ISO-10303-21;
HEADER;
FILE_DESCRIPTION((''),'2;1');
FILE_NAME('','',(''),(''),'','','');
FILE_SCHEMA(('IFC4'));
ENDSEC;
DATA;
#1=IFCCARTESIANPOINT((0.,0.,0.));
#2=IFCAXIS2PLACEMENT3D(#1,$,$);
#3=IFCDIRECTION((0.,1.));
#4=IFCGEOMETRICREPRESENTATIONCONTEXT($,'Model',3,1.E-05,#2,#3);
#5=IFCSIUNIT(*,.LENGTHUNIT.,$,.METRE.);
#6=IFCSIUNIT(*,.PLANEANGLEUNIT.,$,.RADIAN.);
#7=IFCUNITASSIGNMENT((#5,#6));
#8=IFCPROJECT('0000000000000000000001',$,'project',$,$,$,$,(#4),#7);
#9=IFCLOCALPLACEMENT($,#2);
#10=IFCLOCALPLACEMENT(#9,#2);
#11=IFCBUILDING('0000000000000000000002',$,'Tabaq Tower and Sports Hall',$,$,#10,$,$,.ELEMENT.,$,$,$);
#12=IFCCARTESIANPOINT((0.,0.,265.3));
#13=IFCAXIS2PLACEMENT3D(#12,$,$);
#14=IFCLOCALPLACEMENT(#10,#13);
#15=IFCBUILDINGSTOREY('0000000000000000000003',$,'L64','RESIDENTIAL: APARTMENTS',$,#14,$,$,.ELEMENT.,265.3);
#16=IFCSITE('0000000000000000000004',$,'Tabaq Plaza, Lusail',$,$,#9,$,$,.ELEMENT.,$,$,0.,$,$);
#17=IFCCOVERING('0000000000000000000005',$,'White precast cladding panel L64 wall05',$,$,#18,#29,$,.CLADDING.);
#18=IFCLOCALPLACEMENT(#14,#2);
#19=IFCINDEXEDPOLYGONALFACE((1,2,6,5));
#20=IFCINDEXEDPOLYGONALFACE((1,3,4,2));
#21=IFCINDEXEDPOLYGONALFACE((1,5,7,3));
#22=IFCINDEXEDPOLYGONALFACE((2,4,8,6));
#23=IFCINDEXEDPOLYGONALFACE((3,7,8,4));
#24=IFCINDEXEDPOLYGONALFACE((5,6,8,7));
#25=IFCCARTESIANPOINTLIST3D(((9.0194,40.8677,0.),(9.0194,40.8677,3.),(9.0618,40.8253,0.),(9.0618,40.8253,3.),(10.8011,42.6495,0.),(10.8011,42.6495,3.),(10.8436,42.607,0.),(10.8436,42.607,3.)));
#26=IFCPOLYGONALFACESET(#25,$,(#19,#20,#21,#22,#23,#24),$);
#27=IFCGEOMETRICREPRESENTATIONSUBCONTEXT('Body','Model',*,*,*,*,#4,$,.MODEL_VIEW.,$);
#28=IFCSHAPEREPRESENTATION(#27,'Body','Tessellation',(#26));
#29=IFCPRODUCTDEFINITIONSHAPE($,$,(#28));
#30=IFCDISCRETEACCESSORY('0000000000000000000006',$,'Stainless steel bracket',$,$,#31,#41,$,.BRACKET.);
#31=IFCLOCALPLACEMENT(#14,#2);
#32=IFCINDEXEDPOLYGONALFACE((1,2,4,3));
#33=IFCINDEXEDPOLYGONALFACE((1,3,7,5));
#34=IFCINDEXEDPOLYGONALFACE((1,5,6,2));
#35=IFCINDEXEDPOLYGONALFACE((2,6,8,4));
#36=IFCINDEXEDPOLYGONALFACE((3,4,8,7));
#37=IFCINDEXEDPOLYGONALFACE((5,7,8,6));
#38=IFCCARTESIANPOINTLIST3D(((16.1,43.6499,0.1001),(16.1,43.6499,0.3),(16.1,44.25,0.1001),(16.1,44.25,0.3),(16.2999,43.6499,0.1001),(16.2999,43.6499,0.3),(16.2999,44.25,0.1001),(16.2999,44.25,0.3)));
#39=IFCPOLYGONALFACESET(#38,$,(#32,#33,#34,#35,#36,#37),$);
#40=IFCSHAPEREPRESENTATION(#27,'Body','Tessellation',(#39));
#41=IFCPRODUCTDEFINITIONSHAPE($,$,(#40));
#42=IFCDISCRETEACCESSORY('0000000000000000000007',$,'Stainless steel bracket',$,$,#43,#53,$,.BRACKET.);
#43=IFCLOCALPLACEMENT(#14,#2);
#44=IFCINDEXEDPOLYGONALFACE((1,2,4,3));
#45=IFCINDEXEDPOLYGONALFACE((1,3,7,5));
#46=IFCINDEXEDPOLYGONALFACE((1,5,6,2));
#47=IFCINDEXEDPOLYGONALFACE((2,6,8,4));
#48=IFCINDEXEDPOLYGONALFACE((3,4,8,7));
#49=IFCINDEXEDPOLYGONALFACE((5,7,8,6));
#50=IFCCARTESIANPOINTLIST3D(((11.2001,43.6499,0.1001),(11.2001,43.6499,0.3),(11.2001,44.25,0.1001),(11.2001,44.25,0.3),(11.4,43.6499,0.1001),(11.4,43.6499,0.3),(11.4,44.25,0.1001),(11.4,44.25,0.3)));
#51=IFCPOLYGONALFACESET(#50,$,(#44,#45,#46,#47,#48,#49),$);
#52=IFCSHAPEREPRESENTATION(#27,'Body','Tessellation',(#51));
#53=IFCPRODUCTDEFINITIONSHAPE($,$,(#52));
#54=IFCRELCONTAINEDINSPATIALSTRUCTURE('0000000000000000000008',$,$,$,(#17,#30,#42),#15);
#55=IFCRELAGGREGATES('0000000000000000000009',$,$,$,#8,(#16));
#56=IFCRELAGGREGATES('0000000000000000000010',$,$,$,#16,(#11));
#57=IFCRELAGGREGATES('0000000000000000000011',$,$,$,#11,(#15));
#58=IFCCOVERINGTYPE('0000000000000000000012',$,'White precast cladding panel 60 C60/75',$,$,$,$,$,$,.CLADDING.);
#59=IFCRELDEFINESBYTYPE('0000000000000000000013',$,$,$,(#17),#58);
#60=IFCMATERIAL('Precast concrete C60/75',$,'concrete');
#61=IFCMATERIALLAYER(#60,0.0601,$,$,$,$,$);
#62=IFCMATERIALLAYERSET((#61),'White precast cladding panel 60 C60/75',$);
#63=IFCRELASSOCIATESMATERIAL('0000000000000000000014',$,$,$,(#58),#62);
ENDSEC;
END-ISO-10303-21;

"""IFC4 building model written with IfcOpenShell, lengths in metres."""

from ifc_helpers import new_model, si_unit, direction, frame, frame_2d, origin, origin_2d, place, context, subcontext, project, spatial, rectangle, extrude, material, layer, layer_set, type_object, element, save


model = new_model("IFC4")

# Units and contexts
model_context = context("Model", 3, precision=1e-05, world=origin(), true_north=direction((0.0, 1.0)))
body_context = subcontext(model_context, "Body", "Model", "MODEL_VIEW")
ifc_project = project(units=[si_unit("LENGTHUNIT", "METRE"), si_unit("PLANEANGLEUNIT", "RADIAN")], contexts=[model_context])

# Site, building, storey
site_placement = place(None, origin())
site = spatial("IfcSite", under=ifc_project, at=site_placement, Name="Tabaq Plaza, Lusail", CompositionType="ELEMENT", RefElevation=0.0)
building_placement = place(site_placement, origin())
building = spatial("IfcBuilding", under=site, at=building_placement, Name="Tabaq Tower and Sports Hall", CompositionType="ELEMENT")
storey_placement = place(building_placement, frame((0.0, 0.0, 265.3)))
storey = spatial("IfcBuildingStorey", under=building, at=storey_placement, Name="L64", Description="RESIDENTIAL: APARTMENTS", CompositionType="ELEMENT", Elevation=265.3)

# Covering
ifc_material_1 = material(Name="Precast concrete C60/75", Category="concrete")
ifc_layer_1 = layer(ifc_material_1, 0.0601)
ifc_layer_set_1 = layer_set([ifc_layer_1], Name="White precast cladding panel 60 C60/75")
covering_type = type_object("IfcCoveringType", Name="White precast cladding panel 60 C60/75", PredefinedType="CLADDING", material=ifc_layer_set_1)
covering_1_placement = place(storey_placement, frame((10.8223, 42.6282, 0.0), z_axis=(0.0, 0.0, 1.0), x_axis=(-0.707107, -0.707107, 0.0)))
element("IfcCovering", 1, at=covering_1_placement, inside=storey, type_object=covering_type, Name="White precast cladding panel L64 wall05", PredefinedType="CLADDING", context=body_context, shape_type="SweptSolid", body=[
    extrude(rectangle(XDim=2.5198, YDim=0.0601, at=frame_2d((1.2598, 0.0))), origin(), (0.0, 0.0, 1.0), 3.0),
])

# Discrete accessories
for number, where, z_axis, x_axis, name in (
    (2, (16.2, 43.95, 0.1001), (0.0, 0.0, 1.0), (0.0, 1.0, 0.0), "Stainless steel bracket"),
    (3, (11.3, 43.95, 0.1001), (0.0, 0.0, 1.0), (0.0, 1.0, 0.0), "Stainless steel bracket"),
):
    element("IfcDiscreteAccessory", number, at=place(storey_placement, frame(where, z_axis=z_axis, x_axis=x_axis)), inside=storey, Name=name, PredefinedType="BRACKET", context=body_context, shape_type="SweptSolid", body=[
        extrude(rectangle(XDim=0.6001, YDim=0.2, at=origin_2d()), origin(), (0.0, 0.0, 1.0), 0.2),
    ])

save(model, "model.ifc")
